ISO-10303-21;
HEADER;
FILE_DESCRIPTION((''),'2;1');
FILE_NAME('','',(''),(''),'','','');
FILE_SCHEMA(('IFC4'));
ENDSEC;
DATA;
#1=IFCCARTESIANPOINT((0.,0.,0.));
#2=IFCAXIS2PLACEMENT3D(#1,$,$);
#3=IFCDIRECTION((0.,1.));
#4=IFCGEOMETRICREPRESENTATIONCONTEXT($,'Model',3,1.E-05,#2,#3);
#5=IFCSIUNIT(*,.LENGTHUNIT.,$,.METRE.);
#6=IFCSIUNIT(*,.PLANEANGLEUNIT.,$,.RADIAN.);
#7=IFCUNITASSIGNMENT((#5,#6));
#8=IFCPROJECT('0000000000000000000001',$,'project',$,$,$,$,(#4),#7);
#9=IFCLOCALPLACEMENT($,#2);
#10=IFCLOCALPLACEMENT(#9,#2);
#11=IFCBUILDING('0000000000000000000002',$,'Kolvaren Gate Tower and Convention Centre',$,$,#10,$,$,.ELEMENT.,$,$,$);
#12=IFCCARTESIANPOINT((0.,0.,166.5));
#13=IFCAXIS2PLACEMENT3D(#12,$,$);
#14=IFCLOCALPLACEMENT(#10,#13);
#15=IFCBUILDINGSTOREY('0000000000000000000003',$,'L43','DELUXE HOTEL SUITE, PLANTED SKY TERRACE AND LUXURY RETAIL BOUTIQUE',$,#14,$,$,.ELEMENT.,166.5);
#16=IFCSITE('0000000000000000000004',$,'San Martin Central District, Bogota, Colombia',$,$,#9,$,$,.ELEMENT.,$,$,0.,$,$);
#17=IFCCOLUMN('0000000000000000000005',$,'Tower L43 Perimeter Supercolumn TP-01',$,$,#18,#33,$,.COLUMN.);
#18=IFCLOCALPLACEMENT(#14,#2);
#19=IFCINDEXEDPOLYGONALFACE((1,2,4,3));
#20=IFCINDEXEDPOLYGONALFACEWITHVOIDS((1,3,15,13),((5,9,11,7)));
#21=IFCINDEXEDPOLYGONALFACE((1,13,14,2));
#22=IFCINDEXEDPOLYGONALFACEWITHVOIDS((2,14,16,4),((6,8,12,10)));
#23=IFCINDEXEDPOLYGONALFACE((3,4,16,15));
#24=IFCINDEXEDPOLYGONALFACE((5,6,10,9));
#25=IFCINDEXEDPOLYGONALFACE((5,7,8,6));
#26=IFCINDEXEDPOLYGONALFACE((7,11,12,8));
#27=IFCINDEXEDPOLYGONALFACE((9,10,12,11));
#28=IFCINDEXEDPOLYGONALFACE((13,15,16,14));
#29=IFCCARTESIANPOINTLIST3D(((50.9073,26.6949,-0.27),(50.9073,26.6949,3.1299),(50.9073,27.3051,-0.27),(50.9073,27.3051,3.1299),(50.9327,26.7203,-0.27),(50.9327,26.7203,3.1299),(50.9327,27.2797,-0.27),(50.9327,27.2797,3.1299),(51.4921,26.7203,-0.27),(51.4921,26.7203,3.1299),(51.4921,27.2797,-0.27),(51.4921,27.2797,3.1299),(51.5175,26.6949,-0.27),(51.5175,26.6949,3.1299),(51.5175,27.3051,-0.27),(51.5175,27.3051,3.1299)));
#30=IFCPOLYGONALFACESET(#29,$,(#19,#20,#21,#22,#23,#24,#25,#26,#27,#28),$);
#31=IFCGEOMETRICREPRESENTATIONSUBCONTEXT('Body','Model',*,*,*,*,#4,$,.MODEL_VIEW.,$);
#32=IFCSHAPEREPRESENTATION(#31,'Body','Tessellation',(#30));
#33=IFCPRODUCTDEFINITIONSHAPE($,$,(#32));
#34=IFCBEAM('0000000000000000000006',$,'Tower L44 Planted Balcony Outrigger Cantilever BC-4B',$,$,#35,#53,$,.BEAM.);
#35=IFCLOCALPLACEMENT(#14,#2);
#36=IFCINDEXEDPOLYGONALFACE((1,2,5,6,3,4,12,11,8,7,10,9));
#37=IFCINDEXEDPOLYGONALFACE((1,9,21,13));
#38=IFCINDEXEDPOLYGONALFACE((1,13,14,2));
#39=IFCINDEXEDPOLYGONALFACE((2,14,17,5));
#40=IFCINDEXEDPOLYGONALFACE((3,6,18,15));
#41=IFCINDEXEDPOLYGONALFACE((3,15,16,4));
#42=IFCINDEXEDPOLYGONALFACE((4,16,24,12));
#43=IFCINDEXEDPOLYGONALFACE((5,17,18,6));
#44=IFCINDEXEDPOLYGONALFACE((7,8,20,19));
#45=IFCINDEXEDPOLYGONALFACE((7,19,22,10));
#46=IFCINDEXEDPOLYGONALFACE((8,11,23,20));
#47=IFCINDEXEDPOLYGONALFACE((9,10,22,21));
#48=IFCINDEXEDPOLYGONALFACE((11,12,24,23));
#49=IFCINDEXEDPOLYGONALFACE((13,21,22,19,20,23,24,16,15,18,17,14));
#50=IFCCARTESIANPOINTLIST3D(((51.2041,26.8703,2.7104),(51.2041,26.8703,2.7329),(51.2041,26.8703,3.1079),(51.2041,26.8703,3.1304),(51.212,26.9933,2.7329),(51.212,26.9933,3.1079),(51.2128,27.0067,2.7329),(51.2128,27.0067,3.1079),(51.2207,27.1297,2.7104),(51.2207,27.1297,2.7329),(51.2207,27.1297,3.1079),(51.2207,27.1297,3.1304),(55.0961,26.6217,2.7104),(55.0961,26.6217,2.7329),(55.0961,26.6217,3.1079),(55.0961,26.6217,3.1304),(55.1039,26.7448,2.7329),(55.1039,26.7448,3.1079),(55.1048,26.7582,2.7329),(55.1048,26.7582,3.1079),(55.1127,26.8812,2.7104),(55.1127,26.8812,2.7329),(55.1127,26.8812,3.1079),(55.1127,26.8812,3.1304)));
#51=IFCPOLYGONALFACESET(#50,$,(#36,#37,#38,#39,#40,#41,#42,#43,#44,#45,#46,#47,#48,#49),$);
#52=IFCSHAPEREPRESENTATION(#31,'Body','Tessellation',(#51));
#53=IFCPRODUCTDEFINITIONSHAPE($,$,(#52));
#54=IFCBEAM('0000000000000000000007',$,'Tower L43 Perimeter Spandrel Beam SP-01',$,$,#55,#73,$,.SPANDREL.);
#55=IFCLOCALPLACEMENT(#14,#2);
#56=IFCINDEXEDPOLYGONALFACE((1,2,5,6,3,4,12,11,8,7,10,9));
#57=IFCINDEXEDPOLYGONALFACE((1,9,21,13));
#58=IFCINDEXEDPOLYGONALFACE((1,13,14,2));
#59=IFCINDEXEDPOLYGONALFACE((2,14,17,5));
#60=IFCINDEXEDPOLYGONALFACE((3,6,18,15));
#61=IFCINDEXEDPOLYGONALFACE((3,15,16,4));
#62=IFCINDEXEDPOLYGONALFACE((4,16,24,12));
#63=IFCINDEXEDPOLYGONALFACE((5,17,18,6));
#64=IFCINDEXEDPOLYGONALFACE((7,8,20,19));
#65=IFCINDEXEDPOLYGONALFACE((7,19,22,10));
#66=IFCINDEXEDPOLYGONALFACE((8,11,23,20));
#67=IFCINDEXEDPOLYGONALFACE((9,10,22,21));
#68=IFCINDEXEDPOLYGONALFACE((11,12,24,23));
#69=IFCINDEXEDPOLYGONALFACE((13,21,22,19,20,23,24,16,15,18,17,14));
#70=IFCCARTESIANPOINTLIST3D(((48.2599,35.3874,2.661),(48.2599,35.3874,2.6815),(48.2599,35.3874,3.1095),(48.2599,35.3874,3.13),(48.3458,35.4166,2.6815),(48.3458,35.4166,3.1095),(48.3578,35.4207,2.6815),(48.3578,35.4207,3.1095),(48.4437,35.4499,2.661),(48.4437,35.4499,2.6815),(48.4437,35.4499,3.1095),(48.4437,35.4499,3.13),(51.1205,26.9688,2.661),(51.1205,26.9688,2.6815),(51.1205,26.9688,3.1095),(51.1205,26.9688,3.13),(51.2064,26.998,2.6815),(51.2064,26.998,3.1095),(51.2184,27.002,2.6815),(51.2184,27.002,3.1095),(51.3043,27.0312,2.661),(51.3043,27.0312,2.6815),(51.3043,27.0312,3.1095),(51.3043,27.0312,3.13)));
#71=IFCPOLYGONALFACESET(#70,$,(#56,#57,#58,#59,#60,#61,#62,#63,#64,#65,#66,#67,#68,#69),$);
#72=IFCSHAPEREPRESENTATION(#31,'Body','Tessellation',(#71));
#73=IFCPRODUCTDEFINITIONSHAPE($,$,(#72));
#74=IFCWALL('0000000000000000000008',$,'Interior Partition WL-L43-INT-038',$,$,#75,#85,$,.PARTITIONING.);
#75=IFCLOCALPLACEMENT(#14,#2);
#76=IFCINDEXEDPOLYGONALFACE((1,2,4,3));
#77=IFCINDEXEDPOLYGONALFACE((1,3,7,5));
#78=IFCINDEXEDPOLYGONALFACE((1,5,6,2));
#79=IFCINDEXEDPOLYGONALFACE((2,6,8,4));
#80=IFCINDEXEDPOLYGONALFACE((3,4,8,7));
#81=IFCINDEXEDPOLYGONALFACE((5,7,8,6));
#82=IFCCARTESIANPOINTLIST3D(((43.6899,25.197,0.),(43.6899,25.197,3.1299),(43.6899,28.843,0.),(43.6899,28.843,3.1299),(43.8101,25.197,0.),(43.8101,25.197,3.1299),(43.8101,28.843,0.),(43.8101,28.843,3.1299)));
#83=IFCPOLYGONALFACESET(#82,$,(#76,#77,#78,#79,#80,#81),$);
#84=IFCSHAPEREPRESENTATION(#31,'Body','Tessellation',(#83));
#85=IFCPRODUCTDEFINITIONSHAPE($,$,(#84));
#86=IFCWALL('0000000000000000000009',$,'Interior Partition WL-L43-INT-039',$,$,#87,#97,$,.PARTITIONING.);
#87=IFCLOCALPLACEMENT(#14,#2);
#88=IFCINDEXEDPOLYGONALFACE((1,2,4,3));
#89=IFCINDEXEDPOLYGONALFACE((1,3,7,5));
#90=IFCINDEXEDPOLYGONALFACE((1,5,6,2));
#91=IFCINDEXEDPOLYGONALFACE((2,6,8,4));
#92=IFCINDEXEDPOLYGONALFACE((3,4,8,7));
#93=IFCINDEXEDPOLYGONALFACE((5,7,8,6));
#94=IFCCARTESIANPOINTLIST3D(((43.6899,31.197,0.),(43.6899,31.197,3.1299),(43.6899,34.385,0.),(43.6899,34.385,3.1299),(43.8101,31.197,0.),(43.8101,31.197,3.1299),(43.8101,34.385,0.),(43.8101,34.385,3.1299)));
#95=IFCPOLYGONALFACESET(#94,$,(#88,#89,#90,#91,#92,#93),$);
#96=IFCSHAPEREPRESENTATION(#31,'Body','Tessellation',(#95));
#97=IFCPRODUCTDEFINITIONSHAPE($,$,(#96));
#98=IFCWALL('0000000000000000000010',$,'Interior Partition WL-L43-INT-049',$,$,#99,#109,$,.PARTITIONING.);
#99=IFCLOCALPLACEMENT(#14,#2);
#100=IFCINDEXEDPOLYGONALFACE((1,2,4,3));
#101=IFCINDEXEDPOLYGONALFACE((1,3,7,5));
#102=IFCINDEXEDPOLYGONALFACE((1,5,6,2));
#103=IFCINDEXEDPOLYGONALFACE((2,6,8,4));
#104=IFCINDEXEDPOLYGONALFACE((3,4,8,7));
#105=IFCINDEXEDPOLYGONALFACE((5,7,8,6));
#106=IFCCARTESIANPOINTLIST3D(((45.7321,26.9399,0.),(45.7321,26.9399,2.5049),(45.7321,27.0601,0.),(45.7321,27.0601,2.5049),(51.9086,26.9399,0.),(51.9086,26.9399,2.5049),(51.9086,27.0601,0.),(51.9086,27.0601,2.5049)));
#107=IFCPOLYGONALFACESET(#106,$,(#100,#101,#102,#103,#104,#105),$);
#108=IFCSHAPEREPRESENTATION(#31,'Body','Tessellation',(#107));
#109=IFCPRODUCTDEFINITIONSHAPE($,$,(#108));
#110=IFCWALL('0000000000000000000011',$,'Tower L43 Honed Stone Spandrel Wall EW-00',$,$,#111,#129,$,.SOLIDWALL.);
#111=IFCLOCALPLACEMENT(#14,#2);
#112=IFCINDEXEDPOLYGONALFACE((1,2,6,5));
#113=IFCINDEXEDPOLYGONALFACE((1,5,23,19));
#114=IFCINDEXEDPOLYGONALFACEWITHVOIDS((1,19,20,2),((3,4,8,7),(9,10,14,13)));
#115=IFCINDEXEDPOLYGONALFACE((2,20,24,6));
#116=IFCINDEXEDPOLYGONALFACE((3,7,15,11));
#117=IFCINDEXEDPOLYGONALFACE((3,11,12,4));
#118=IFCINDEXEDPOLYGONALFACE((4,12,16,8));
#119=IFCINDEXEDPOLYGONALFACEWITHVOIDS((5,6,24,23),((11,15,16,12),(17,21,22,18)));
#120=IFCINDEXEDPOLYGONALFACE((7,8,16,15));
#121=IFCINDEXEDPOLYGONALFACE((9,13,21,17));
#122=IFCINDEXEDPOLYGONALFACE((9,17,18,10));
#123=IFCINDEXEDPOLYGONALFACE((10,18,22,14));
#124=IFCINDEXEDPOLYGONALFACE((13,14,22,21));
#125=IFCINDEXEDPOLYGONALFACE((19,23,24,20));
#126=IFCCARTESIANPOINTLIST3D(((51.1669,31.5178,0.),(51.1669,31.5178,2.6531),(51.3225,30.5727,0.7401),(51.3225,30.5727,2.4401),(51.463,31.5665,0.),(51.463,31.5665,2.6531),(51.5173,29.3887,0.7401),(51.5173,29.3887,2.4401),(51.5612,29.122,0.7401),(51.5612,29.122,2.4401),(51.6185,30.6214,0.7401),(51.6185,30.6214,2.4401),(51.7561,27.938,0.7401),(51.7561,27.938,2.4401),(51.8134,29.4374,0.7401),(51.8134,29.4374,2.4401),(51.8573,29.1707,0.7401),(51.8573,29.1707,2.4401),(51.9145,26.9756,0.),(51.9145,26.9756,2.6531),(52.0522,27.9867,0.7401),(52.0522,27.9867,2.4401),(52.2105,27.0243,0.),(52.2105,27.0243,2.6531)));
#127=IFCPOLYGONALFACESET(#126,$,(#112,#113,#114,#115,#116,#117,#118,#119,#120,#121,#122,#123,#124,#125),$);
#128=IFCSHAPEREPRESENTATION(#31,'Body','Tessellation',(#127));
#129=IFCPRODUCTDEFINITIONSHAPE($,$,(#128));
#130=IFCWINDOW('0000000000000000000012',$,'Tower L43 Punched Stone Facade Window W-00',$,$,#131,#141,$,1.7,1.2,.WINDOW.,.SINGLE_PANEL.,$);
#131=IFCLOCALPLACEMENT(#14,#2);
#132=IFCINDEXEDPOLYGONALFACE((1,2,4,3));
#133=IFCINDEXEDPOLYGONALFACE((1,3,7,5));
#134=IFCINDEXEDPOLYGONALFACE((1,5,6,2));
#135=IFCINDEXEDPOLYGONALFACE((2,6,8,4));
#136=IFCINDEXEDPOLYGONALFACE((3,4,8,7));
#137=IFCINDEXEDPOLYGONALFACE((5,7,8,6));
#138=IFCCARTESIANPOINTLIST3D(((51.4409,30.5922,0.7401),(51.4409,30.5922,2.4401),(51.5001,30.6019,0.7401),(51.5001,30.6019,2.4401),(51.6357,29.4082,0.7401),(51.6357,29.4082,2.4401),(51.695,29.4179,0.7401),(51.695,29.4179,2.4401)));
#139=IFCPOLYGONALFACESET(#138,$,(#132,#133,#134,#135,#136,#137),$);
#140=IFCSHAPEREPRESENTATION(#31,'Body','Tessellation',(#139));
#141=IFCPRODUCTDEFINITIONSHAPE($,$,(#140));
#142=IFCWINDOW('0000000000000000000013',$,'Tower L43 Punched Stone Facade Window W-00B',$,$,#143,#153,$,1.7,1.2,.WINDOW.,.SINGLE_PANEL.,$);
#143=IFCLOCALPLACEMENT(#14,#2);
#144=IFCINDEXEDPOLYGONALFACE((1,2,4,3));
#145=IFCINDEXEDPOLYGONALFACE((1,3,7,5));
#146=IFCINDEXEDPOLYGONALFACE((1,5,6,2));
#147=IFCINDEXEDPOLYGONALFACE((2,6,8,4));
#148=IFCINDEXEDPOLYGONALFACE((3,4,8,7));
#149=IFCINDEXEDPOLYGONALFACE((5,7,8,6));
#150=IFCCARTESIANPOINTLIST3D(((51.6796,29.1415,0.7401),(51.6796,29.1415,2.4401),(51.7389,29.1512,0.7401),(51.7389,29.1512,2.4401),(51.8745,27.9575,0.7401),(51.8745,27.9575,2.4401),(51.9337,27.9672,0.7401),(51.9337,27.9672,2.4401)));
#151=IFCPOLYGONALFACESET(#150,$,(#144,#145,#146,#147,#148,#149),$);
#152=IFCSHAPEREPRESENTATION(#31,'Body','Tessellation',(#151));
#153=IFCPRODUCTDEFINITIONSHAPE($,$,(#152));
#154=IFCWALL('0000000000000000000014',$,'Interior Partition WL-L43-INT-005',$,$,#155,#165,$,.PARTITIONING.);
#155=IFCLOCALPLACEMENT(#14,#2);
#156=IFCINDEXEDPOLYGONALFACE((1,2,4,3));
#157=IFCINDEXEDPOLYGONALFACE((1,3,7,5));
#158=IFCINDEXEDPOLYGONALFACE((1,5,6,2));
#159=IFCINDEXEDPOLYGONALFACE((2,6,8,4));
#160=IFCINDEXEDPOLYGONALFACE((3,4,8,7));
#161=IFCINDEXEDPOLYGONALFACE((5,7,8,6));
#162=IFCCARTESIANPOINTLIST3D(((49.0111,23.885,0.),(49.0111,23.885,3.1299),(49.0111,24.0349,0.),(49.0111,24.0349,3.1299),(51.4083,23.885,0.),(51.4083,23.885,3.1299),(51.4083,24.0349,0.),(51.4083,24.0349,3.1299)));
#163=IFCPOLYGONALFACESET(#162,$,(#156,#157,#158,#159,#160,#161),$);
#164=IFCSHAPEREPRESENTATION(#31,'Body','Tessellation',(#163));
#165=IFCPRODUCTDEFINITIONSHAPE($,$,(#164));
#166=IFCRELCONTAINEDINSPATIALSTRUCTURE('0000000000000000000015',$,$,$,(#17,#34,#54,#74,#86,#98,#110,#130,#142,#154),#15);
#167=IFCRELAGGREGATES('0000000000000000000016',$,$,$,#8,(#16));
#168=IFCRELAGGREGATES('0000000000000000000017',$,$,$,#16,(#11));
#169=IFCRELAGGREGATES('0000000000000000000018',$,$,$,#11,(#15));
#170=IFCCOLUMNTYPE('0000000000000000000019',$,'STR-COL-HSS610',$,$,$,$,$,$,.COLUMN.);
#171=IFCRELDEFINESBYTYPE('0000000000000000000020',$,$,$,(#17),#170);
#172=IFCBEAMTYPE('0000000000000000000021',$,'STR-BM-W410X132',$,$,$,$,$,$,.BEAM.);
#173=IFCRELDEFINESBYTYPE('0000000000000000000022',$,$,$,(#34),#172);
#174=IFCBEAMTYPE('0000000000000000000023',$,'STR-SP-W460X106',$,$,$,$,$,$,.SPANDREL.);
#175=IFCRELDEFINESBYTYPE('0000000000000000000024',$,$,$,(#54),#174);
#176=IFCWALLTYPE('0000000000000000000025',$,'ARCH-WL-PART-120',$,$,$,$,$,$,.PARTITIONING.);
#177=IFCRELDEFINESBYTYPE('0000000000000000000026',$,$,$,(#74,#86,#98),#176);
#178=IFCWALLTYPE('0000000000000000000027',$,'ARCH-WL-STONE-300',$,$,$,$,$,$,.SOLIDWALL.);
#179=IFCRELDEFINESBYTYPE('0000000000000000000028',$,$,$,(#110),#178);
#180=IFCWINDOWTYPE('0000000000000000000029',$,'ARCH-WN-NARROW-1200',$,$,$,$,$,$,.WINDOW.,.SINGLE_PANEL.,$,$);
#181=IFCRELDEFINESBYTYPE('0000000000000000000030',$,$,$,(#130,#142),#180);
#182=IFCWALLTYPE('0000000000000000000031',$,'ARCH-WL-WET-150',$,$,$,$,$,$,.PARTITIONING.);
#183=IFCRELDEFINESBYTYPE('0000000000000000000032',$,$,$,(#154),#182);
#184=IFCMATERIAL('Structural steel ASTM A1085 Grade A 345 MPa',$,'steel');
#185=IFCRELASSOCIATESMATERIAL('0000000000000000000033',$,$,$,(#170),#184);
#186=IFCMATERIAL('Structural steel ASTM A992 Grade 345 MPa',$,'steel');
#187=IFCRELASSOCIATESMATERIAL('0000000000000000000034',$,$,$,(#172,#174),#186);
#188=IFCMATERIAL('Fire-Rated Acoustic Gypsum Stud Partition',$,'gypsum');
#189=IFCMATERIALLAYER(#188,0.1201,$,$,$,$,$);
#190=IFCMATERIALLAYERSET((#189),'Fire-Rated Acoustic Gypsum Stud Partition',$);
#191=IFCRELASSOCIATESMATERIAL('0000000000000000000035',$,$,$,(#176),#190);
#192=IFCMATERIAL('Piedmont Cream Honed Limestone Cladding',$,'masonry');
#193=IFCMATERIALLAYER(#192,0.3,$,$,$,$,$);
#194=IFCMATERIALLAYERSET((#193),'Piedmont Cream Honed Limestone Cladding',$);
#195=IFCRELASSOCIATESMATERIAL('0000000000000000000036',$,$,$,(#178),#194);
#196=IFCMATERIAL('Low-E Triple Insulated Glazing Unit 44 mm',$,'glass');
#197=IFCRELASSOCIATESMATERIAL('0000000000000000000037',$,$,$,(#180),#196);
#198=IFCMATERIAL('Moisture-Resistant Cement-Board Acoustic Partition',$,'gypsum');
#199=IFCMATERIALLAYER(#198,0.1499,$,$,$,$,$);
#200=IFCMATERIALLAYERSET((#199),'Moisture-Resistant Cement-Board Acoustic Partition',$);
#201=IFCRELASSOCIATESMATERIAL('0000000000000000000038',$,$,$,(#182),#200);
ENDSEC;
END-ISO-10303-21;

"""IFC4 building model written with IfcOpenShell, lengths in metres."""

from ifc_helpers import new_model, si_unit, direction, frame, frame_2d, origin, origin_2d, place, context, subcontext, project, spatial, rectangle, hollow_rectangle, i_section, extrude, material, layer, layer_set, material_profile, profile_set, type_object, element, fill, save


model = new_model("IFC4")

# Units and contexts
model_context = context("Model", 3, precision=1e-05, world=origin(), true_north=direction((0.0, 1.0)))
body_context = subcontext(model_context, "Body", "Model", "MODEL_VIEW")
ifc_project = project(units=[si_unit("LENGTHUNIT", "METRE"), si_unit("PLANEANGLEUNIT", "RADIAN")], contexts=[model_context])

# Site, building, storey
site_placement = place(None, origin())
site = spatial("IfcSite", under=ifc_project, at=site_placement, Name="San Martin Central District, Bogota, Colombia", CompositionType="ELEMENT", RefElevation=0.0)
building_placement = place(site_placement, origin())
building = spatial("IfcBuilding", under=site, at=building_placement, Name="Kolvaren Gate Tower and Convention Centre", CompositionType="ELEMENT")
storey_placement = place(building_placement, frame((0.0, 0.0, 166.5)))
storey = spatial("IfcBuildingStorey", under=building, at=storey_placement, Name="L43", Description="DELUXE HOTEL SUITE, PLANTED SKY TERRACE AND LUXURY RETAIL BOUTIQUE", CompositionType="ELEMENT", Elevation=166.5)

# Column
ifc_material_1 = material(Name="Structural steel ASTM A1085 Grade A 345 MPa", Category="steel")
ifc_material_profile_1 = material_profile(ifc_material_1, hollow_rectangle(XDim=0.6101, YDim=0.6101, WallThickness=0.0254, at=origin_2d()), Name="HSS610X610X25.4")
ifc_profile_set_1 = profile_set([ifc_material_profile_1], Name="Structural steel ASTM A1085 Grade A 345 MPa")
column_type = type_object("IfcColumnType", Name="STR-COL-HSS610", PredefinedType="COLUMN", material=ifc_profile_set_1)
column_placement = place(storey_placement, frame((51.2124, 27.0, -0.27), z_axis=(0.0, 0.0, 1.0), x_axis=(1.0, 0.0, 0.0)))
element("IfcColumn", 1, at=column_placement, inside=storey, type_object=column_type, Name="Tower L43 Perimeter Supercolumn TP-01", PredefinedType="COLUMN", context=body_context, shape_type="SweptSolid", body=[
    extrude(hollow_rectangle(XDim=0.6101, YDim=0.6101, WallThickness=0.0254, at=origin_2d()), origin(), (0.0, 0.0, 1.0), 3.3999),
])

# Beams
ifc_material_2 = material(Name="Structural steel ASTM A992 Grade 345 MPa", Category="steel")
ifc_material_profile_2 = material_profile(ifc_material_2, i_section(OverallWidth=0.26, OverallDepth=0.4199, WebThickness=0.0134, FlangeThickness=0.0225, at=origin_2d()), Name="W410X132")
ifc_profile_set_2 = profile_set([ifc_material_profile_2], Name="Structural steel ASTM A992 Grade 345 MPa")
beam_type_1 = type_object("IfcBeamType", Name="STR-BM-W410X132", PredefinedType="BEAM", material=ifc_profile_set_2)
beam_1_placement = place(storey_placement, frame((51.2124, 27.0, 2.9204), z_axis=(0.997967, -0.063727, 0.0), x_axis=(0.063727, 0.997967, 0.0)))
element("IfcBeam", 2, at=beam_1_placement, inside=storey, type_object=beam_type_1, Name="Tower L44 Planted Balcony Outrigger Cantilever BC-4B", PredefinedType="BEAM", context=body_context, shape_type="SweptSolid", body=[
    extrude(i_section(OverallWidth=0.26, OverallDepth=0.4199, WebThickness=0.0134, FlangeThickness=0.0225, at=origin_2d()), origin(), (0.0, 0.0, 1.0), 3.8999),
])
ifc_material_profile_3 = material_profile(ifc_material_2, i_section(OverallWidth=0.1941, OverallDepth=0.469, WebThickness=0.0127, FlangeThickness=0.0205, at=origin_2d()), Name="W460X106")
ifc_profile_set_3 = profile_set([ifc_material_profile_3], Name="Structural steel ASTM A992 Grade 345 MPa")
beam_type_2 = type_object("IfcBeamType", Name="STR-SP-W460X106", PredefinedType="SPANDREL", material=ifc_profile_set_3)
beam_2_placement = place(storey_placement, frame((51.2124, 27.0, 2.8955), z_axis=(-0.321725, 0.946833, 0.0), x_axis=(-0.946833, -0.321725, 0.0)))
element("IfcBeam", 3, at=beam_2_placement, inside=storey, type_object=beam_type_2, Name="Tower L43 Perimeter Spandrel Beam SP-01", PredefinedType="SPANDREL", context=body_context, shape_type="SweptSolid", body=[
    extrude(i_section(OverallWidth=0.1941, OverallDepth=0.469, WebThickness=0.0127, FlangeThickness=0.0205, at=origin_2d()), origin(), (0.0, 0.0, 1.0), 8.8914),
])

# Walls
ifc_material_3 = material(Name="Fire-Rated Acoustic Gypsum Stud Partition", Category="gypsum")
ifc_layer_1 = layer(ifc_material_3, 0.1201)
ifc_layer_set_1 = layer_set([ifc_layer_1], Name="Fire-Rated Acoustic Gypsum Stud Partition")
wall_type_1 = type_object("IfcWallType", Name="ARCH-WL-PART-120", PredefinedType="PARTITIONING", material=ifc_layer_set_1)
wall_1_placement = place(storey_placement, frame((43.75, 25.197, 0.0), z_axis=(0.0, 0.0, 1.0), x_axis=(0.0, 1.0, 0.0)))
element("IfcWall", 4, at=wall_1_placement, inside=storey, type_object=wall_type_1, Name="Interior Partition WL-L43-INT-038", PredefinedType="PARTITIONING", context=body_context, shape_type="SweptSolid", body=[
    extrude(rectangle(XDim=3.646, YDim=0.1201, at=frame_2d((1.823, 0.0))), origin(), (0.0, 0.0, 1.0), 3.1299),
])
wall_2_placement = place(storey_placement, frame((43.75, 31.197, 0.0), z_axis=(0.0, 0.0, 1.0), x_axis=(0.0, 1.0, 0.0)))
element("IfcWall", 5, at=wall_2_placement, inside=storey, type_object=wall_type_1, Name="Interior Partition WL-L43-INT-039", PredefinedType="PARTITIONING", context=body_context, shape_type="SweptSolid", body=[
    extrude(rectangle(XDim=3.188, YDim=0.1201, at=frame_2d((1.594, 0.0))), origin(), (0.0, 0.0, 1.0), 3.1299),
])
wall_3_placement = place(storey_placement, frame((45.7319, 27.0, 0.0), z_axis=(0.0, 0.0, 1.0), x_axis=(1.0, 0.0, 0.0)))
element("IfcWall", 6, at=wall_3_placement, inside=storey, type_object=wall_type_1, Name="Interior Partition WL-L43-INT-049", PredefinedType="PARTITIONING", context=body_context, shape_type="SweptSolid", body=[
    extrude(rectangle(XDim=6.1765, YDim=0.1201, at=frame_2d((3.0884, 0.0))), origin(), (0.0, 0.0, 1.0), 2.5049),
])

# Wall, openings, windows
ifc_material_4 = material(Name="Piedmont Cream Honed Limestone Cladding", Category="masonry")
ifc_layer_2 = layer(ifc_material_4, 0.3)
ifc_layer_set_2 = layer_set([ifc_layer_2], Name="Piedmont Cream Honed Limestone Cladding")
wall_type_2 = type_object("IfcWallType", Name="ARCH-WL-STONE-300", PredefinedType="SOLIDWALL", material=ifc_layer_set_2)
wall_4_placement = place(storey_placement, frame((51.3149, 31.5422, 0.0), z_axis=(0.0, 0.0, 1.0), x_axis=(0.162395, -0.986726, 0.0)))
wall_4 = element("IfcWall", 7, at=wall_4_placement, inside=storey, type_object=wall_type_2, Name="Tower L43 Honed Stone Spandrel Wall EW-00", PredefinedType="SOLIDWALL", context=body_context, shape_type="SweptSolid", body=[
    extrude(rectangle(XDim=4.6033, YDim=0.3, at=frame_2d((2.3018, 0.0))), origin(), (0.0, 0.0, 1.0), 2.6531),
])
opening_1_placement = place(wall_4_placement, frame((0.9578, 0.0, 0.74)))
opening_1 = element("IfcOpeningElement", 8, at=opening_1_placement, cuts=wall_4, PredefinedType="OPENING", context=body_context, shape_type="SweptSolid", body=[
    extrude(rectangle(XDim=1.2, YDim=1.7, at=frame_2d((0.6001, 0.8501))), frame((0.0, 0.1599, 0.0), z_axis=(0.0, -1.0, 0.0), x_axis=(1.0, 0.0, 0.0)), (0.0, 0.0, 1.0), 0.3201),
])
opening_2_placement = place(wall_4_placement, frame((2.428, 0.0, 0.74)))
opening_2 = element("IfcOpeningElement", 9, at=opening_2_placement, cuts=wall_4, PredefinedType="OPENING", context=body_context, shape_type="SweptSolid", body=[
    extrude(rectangle(XDim=1.2, YDim=1.7, at=frame_2d((0.6001, 0.8501))), frame((0.0, 0.1599, 0.0), z_axis=(0.0, -1.0, 0.0), x_axis=(1.0, 0.0, 0.0)), (0.0, 0.0, 1.0), 0.3201),
])
ifc_material_5 = material(Name="Low-E Triple Insulated Glazing Unit 44 mm", Category="glass")
window_type = type_object("IfcWindowType", Name="ARCH-WN-NARROW-1200", PartitioningType="SINGLE_PANEL", PredefinedType="WINDOW", material=ifc_material_5)
window_1_placement = place(opening_1_placement, origin())
window_1 = element("IfcWindow", 10, at=window_1_placement, inside=storey, type_object=window_type, Name="Tower L43 Punched Stone Facade Window W-00", OverallHeight=1.7, OverallWidth=1.2, PartitioningType="SINGLE_PANEL", PredefinedType="WINDOW", context=body_context, shape_type="SweptSolid", body=[
    extrude(rectangle(XDim=1.2, YDim=1.7, at=frame_2d((0.6001, 0.8501))), frame((0.0, 0.03, 0.0), z_axis=(0.0, -1.0, 0.0), x_axis=(1.0, 0.0, 0.0)), (0.0, 0.0, 1.0), 0.0601),
])
fill(opening_1, window_1)
window_2_placement = place(opening_2_placement, origin())
window_2 = element("IfcWindow", 11, at=window_2_placement, inside=storey, type_object=window_type, Name="Tower L43 Punched Stone Facade Window W-00B", OverallHeight=1.7, OverallWidth=1.2, PartitioningType="SINGLE_PANEL", PredefinedType="WINDOW", context=body_context, shape_type="SweptSolid", body=[
    extrude(rectangle(XDim=1.2, YDim=1.7, at=frame_2d((0.6001, 0.8501))), frame((0.0, 0.03, 0.0), z_axis=(0.0, -1.0, 0.0), x_axis=(1.0, 0.0, 0.0)), (0.0, 0.0, 1.0), 0.0601),
])
fill(opening_2, window_2)

# Wall
ifc_material_6 = material(Name="Moisture-Resistant Cement-Board Acoustic Partition", Category="gypsum")
ifc_layer_3 = layer(ifc_material_6, 0.1499)
ifc_layer_set_3 = layer_set([ifc_layer_3], Name="Moisture-Resistant Cement-Board Acoustic Partition")
wall_type_3 = type_object("IfcWallType", Name="ARCH-WL-WET-150", PredefinedType="PARTITIONING", material=ifc_layer_set_3)
wall_5_placement = place(storey_placement, frame((49.011, 23.96, 0.0), z_axis=(0.0, 0.0, 1.0), x_axis=(1.0, 0.0, 0.0)))
element("IfcWall", 12, at=wall_5_placement, inside=storey, type_object=wall_type_3, Name="Interior Partition WL-L43-INT-005", PredefinedType="PARTITIONING", context=body_context, shape_type="SweptSolid", body=[
    extrude(rectangle(XDim=2.3972, YDim=0.1499, at=frame_2d((1.1987, 0.0))), origin(), (0.0, 0.0, 1.0), 3.1299),
])

save(model, "model.ifc")
